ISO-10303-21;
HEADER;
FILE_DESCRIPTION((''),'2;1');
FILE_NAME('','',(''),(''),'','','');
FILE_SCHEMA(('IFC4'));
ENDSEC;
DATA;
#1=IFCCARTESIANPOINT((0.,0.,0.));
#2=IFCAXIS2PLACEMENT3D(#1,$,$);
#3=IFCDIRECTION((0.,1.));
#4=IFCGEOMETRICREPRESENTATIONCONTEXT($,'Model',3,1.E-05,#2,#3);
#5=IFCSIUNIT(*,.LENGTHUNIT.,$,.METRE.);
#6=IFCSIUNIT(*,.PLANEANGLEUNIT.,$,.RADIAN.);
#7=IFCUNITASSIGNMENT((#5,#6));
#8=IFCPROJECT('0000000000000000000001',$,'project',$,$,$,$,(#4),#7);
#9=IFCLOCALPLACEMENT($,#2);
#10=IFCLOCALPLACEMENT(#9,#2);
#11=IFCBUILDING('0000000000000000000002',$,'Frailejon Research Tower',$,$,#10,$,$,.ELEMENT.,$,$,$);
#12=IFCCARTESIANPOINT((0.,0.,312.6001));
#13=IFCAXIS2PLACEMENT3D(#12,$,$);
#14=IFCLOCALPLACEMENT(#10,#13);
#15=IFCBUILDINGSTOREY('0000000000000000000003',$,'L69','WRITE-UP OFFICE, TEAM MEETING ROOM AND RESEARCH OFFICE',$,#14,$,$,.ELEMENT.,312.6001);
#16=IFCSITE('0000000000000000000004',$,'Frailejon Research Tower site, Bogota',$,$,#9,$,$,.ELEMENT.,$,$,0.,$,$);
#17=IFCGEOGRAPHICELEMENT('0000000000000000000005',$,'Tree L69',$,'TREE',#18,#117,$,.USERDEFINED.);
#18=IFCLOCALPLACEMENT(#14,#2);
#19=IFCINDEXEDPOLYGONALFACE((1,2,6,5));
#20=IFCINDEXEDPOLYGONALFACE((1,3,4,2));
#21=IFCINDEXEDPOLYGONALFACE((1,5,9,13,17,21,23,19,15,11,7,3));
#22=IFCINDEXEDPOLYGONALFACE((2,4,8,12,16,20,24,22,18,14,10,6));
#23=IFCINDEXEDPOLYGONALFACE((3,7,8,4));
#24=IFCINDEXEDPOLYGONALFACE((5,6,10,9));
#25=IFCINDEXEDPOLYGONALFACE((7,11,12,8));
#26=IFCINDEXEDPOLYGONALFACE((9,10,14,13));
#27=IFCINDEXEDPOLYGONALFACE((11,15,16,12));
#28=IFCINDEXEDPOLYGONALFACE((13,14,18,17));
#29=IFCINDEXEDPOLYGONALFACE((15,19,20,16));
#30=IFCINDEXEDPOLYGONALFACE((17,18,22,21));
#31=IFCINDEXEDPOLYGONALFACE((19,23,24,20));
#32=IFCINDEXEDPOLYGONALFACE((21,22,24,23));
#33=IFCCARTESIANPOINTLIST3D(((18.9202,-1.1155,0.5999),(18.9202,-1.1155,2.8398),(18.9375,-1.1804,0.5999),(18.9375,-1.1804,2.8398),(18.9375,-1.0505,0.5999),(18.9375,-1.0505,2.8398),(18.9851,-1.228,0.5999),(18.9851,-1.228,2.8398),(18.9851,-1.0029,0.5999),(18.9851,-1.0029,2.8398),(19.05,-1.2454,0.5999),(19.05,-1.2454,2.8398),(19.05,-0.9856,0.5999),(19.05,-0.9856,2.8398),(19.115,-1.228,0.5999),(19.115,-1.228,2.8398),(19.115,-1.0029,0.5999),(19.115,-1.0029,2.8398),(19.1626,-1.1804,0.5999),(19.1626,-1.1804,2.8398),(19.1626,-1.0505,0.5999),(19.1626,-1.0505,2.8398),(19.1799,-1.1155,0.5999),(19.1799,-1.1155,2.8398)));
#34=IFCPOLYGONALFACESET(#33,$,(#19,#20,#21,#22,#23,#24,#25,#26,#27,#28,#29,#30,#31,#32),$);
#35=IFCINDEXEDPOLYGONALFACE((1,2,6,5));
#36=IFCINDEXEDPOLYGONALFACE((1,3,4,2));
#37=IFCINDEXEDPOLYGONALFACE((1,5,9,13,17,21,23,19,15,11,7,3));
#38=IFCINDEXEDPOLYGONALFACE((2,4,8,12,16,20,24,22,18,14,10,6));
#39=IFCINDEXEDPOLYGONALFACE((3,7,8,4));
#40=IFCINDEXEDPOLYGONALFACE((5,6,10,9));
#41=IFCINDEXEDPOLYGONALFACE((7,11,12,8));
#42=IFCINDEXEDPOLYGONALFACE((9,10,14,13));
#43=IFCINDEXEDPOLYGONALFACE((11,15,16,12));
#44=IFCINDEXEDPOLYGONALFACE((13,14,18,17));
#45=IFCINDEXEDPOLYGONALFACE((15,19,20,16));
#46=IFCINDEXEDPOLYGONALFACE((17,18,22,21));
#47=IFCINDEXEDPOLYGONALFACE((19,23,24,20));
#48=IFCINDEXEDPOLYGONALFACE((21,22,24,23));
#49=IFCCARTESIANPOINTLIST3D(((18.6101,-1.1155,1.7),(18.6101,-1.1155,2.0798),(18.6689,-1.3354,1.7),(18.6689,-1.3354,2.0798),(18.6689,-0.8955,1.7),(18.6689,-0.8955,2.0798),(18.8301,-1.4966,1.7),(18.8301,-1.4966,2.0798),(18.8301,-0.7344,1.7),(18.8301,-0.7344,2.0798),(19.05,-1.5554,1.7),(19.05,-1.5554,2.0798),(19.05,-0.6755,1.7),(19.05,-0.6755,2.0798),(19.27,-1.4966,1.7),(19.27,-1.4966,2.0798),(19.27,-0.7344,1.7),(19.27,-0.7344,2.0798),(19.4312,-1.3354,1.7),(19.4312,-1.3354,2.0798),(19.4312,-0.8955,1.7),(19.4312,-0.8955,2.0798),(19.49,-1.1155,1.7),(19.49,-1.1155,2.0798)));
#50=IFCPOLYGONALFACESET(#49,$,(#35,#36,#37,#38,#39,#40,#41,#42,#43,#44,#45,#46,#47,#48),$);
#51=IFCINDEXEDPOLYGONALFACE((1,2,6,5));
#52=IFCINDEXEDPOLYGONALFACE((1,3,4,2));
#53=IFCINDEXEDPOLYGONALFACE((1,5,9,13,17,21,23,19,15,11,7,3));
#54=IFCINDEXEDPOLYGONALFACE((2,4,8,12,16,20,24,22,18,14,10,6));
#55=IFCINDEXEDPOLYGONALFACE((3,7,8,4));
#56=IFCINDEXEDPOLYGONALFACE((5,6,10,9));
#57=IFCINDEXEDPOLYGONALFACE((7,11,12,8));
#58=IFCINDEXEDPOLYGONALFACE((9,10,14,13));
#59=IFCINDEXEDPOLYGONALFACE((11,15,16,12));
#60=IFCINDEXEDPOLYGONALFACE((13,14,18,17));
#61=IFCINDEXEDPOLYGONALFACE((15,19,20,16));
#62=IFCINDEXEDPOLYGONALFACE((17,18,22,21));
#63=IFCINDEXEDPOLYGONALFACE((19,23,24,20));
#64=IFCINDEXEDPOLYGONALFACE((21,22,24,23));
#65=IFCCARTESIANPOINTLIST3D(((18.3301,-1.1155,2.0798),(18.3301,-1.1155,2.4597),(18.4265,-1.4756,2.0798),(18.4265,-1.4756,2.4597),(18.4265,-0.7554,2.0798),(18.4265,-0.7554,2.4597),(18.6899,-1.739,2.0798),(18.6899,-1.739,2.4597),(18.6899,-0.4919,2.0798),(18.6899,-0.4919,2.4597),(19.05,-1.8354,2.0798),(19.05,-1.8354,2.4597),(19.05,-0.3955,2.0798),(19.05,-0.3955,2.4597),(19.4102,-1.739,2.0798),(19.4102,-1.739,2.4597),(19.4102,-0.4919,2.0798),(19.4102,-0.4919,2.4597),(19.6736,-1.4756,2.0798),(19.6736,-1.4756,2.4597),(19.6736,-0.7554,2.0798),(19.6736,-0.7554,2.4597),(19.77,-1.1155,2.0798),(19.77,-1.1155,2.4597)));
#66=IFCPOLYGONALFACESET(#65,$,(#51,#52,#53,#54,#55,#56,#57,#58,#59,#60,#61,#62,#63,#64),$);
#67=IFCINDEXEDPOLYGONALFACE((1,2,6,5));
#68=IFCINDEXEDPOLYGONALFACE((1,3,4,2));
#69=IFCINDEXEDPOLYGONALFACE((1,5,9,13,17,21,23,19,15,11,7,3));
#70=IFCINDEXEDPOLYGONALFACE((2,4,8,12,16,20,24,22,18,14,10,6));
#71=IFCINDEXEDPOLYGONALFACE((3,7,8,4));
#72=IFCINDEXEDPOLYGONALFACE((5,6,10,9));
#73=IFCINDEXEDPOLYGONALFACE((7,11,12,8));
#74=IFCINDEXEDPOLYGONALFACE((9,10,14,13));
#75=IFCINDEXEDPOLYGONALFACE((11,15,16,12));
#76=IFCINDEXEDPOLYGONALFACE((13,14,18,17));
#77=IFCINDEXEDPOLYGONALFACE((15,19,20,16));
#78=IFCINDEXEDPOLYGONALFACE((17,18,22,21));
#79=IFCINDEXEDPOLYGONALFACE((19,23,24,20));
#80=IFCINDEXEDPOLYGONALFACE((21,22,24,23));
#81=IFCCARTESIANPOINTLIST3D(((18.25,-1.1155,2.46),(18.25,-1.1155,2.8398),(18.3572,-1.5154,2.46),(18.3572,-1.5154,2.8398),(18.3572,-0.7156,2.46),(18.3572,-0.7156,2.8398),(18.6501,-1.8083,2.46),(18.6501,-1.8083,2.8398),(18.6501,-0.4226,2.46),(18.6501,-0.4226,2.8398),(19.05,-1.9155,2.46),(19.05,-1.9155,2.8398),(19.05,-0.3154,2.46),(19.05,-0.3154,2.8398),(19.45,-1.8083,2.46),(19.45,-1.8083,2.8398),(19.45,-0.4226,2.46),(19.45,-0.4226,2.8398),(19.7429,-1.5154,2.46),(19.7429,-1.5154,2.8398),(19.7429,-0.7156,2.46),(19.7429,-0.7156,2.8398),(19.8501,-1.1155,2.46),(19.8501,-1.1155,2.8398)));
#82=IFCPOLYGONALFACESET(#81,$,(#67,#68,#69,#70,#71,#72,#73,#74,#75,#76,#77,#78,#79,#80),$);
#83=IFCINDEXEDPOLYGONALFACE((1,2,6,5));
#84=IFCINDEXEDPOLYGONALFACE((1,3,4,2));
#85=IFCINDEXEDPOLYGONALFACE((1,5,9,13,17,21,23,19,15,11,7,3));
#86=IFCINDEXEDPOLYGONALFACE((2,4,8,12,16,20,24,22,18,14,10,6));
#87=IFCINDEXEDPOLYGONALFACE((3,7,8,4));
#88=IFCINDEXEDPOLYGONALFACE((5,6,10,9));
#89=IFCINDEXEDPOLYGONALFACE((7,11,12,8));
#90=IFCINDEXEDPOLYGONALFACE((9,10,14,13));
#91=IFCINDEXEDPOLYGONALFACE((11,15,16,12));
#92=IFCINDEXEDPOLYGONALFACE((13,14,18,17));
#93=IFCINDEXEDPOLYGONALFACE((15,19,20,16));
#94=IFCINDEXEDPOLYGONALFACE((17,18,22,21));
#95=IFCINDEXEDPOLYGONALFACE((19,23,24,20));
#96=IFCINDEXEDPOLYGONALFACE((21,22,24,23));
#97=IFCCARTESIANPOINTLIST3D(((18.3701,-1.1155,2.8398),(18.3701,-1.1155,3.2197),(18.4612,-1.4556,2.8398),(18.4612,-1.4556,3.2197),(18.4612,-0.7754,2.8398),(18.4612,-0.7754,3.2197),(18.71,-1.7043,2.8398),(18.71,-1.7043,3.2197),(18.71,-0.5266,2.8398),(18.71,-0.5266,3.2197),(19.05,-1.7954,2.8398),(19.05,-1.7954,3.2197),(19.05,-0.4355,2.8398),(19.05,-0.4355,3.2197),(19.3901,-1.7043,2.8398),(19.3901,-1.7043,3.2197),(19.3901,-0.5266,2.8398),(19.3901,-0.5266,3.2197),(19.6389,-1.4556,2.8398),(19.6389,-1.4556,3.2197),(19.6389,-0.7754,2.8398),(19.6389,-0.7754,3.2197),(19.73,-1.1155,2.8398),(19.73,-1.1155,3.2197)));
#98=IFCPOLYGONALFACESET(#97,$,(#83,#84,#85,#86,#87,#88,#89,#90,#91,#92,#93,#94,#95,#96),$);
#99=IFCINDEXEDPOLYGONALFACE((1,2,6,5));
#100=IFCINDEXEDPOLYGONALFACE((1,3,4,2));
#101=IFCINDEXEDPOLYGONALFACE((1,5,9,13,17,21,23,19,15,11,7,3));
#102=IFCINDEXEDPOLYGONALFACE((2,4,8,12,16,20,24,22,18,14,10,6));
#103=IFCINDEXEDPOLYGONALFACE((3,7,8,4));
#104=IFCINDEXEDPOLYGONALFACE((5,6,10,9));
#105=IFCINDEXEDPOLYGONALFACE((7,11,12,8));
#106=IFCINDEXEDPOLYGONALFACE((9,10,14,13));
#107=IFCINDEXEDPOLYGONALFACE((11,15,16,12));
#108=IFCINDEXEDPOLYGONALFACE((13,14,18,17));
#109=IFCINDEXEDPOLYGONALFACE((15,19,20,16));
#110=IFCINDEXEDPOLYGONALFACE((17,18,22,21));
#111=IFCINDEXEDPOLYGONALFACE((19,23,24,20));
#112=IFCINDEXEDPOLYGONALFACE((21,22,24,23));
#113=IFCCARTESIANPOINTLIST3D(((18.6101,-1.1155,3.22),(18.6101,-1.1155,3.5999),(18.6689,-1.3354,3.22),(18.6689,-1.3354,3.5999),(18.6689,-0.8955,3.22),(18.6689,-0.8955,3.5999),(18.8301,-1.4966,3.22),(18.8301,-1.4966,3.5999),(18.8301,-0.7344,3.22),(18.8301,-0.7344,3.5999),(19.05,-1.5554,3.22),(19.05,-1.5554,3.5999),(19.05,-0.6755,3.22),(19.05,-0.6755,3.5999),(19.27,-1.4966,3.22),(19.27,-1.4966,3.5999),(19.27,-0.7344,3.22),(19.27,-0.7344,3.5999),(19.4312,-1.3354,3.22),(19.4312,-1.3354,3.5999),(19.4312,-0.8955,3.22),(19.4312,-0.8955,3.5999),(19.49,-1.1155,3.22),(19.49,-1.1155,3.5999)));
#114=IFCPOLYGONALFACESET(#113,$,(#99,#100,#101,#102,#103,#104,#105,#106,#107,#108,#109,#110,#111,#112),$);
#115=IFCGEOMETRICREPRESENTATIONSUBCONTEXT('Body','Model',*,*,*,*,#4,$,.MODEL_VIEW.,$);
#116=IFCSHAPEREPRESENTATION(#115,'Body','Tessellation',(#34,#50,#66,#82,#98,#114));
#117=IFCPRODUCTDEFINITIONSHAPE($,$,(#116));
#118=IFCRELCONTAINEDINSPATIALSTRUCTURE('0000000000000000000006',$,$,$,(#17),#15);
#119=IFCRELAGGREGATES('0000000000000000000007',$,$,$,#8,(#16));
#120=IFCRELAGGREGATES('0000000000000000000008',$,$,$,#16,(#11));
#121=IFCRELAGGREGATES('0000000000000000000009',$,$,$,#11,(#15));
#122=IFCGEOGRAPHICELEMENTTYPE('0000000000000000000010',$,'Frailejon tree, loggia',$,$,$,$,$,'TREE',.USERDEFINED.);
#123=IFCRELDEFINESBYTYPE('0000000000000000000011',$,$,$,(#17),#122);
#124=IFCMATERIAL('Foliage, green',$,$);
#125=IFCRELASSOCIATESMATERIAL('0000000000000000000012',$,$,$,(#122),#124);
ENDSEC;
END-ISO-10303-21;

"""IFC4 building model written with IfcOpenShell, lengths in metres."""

from ifc_helpers import new_model, si_unit, direction, frame, origin, place, context, subcontext, project, spatial, polyline, outline, extrude, material, type_object, element, save


model = new_model("IFC4")

# Units and contexts
model_context = context("Model", 3, precision=1e-05, world=origin(), true_north=direction((0.0, 1.0)))
body_context = subcontext(model_context, "Body", "Model", "MODEL_VIEW")
ifc_project = project(units=[si_unit("LENGTHUNIT", "METRE"), si_unit("PLANEANGLEUNIT", "RADIAN")], contexts=[model_context])

# Site, building, storey
site_placement = place(None, origin())
site = spatial("IfcSite", under=ifc_project, at=site_placement, Name="Frailejon Research Tower site, Bogota", CompositionType="ELEMENT", RefElevation=0.0)
building_placement = place(site_placement, origin())
building = spatial("IfcBuilding", under=site, at=building_placement, Name="Frailejon Research Tower", CompositionType="ELEMENT")
storey_placement = place(building_placement, frame((0.0, 0.0, 312.6001)))
storey = spatial("IfcBuildingStorey", under=building, at=storey_placement, Name="L69", Description="WRITE-UP OFFICE, TEAM MEETING ROOM AND RESEARCH OFFICE", CompositionType="ELEMENT", Elevation=312.6001)

# Geographic element
ifc_material_1 = material(Name="Foliage, green")
geographic_element_type = type_object("IfcGeographicElementType", Name="Frailejon tree, loggia", ElementType="TREE", PredefinedType="USERDEFINED", material=ifc_material_1)
geographic_element_placement = place(storey_placement, frame((19.05, -1.1155, 0.5999)))
element("IfcGeographicElement", 1, at=geographic_element_placement, inside=storey, type_object=geographic_element_type, Name="Tree L69", ObjectType="TREE", PredefinedType="USERDEFINED", context=body_context, shape_type="SweptSolid", body=[
    extrude(outline(polyline([(0.1299, 0.0), (0.1125, 0.0649), (0.0649, 0.1125), (0.0, 0.1299), (-0.0649, 0.1125), (-0.1125, 0.0649), (-0.1299, 0.0), (-0.1125, -0.0649), (-0.0649, -0.1125), (0.0, -0.1299), (0.0649, -0.1125), (0.1125, -0.0649), (0.1299, 0.0)])), origin(), (0.0, 0.0, 1.0), 2.24),
    extrude(outline(polyline([(0.4399, 0.0), (0.3811, 0.22), (0.22, 0.3811), (0.0, 0.4399), (-0.22, 0.3811), (-0.3811, 0.22), (-0.4399, 0.0), (-0.3811, -0.22), (-0.22, -0.3811), (0.0, -0.4399), (0.22, -0.3811), (0.3811, -0.22), (0.4399, 0.0)])), frame((0.0, 0.0, 1.1001)), (0.0, 0.0, 1.0), 0.3799),
    extrude(outline(polyline([(0.72, 0.0), (0.6235, 0.3601), (0.3601, 0.6235), (0.0, 0.72), (-0.3601, 0.6235), (-0.6235, 0.3601), (-0.72, 0.0), (-0.6235, -0.3601), (-0.3601, -0.6235), (0.0, -0.72), (0.3601, -0.6235), (0.6235, -0.3601), (0.72, 0.0)])), frame((0.0, 0.0, 1.48)), (0.0, 0.0, 1.0), 0.3799),
    extrude(outline(polyline([(0.8, 0.0), (0.6929, 0.3999), (0.3999, 0.6929), (0.0, 0.8), (-0.3999, 0.6929), (-0.6929, 0.3999), (-0.8, 0.0), (-0.6929, -0.3999), (-0.3999, -0.6929), (0.0, -0.8), (0.3999, -0.6929), (0.6929, -0.3999), (0.8, 0.0)])), frame((0.0, 0.0, 1.8601)), (0.0, 0.0, 1.0), 0.3799),
    extrude(outline(polyline([(0.6799, 0.0), (0.5889, 0.3401), (0.3401, 0.5889), (0.0, 0.6799), (-0.3401, 0.5889), (-0.5889, 0.3401), (-0.6799, 0.0), (-0.5889, -0.3401), (-0.3401, -0.5889), (0.0, -0.6799), (0.3401, -0.5889), (0.5889, -0.3401), (0.6799, 0.0)])), frame((0.0, 0.0, 2.24)), (0.0, 0.0, 1.0), 0.3799),
    extrude(outline(polyline([(0.4399, 0.0), (0.3811, 0.22), (0.22, 0.3811), (0.0, 0.4399), (-0.22, 0.3811), (-0.3811, 0.22), (-0.4399, 0.0), (-0.3811, -0.22), (-0.22, -0.3811), (0.0, -0.4399), (0.22, -0.3811), (0.3811, -0.22), (0.4399, 0.0)])), frame((0.0, 0.0, 2.6201)), (0.0, 0.0, 1.0), 0.3799),
])

save(model, "model.ifc")
